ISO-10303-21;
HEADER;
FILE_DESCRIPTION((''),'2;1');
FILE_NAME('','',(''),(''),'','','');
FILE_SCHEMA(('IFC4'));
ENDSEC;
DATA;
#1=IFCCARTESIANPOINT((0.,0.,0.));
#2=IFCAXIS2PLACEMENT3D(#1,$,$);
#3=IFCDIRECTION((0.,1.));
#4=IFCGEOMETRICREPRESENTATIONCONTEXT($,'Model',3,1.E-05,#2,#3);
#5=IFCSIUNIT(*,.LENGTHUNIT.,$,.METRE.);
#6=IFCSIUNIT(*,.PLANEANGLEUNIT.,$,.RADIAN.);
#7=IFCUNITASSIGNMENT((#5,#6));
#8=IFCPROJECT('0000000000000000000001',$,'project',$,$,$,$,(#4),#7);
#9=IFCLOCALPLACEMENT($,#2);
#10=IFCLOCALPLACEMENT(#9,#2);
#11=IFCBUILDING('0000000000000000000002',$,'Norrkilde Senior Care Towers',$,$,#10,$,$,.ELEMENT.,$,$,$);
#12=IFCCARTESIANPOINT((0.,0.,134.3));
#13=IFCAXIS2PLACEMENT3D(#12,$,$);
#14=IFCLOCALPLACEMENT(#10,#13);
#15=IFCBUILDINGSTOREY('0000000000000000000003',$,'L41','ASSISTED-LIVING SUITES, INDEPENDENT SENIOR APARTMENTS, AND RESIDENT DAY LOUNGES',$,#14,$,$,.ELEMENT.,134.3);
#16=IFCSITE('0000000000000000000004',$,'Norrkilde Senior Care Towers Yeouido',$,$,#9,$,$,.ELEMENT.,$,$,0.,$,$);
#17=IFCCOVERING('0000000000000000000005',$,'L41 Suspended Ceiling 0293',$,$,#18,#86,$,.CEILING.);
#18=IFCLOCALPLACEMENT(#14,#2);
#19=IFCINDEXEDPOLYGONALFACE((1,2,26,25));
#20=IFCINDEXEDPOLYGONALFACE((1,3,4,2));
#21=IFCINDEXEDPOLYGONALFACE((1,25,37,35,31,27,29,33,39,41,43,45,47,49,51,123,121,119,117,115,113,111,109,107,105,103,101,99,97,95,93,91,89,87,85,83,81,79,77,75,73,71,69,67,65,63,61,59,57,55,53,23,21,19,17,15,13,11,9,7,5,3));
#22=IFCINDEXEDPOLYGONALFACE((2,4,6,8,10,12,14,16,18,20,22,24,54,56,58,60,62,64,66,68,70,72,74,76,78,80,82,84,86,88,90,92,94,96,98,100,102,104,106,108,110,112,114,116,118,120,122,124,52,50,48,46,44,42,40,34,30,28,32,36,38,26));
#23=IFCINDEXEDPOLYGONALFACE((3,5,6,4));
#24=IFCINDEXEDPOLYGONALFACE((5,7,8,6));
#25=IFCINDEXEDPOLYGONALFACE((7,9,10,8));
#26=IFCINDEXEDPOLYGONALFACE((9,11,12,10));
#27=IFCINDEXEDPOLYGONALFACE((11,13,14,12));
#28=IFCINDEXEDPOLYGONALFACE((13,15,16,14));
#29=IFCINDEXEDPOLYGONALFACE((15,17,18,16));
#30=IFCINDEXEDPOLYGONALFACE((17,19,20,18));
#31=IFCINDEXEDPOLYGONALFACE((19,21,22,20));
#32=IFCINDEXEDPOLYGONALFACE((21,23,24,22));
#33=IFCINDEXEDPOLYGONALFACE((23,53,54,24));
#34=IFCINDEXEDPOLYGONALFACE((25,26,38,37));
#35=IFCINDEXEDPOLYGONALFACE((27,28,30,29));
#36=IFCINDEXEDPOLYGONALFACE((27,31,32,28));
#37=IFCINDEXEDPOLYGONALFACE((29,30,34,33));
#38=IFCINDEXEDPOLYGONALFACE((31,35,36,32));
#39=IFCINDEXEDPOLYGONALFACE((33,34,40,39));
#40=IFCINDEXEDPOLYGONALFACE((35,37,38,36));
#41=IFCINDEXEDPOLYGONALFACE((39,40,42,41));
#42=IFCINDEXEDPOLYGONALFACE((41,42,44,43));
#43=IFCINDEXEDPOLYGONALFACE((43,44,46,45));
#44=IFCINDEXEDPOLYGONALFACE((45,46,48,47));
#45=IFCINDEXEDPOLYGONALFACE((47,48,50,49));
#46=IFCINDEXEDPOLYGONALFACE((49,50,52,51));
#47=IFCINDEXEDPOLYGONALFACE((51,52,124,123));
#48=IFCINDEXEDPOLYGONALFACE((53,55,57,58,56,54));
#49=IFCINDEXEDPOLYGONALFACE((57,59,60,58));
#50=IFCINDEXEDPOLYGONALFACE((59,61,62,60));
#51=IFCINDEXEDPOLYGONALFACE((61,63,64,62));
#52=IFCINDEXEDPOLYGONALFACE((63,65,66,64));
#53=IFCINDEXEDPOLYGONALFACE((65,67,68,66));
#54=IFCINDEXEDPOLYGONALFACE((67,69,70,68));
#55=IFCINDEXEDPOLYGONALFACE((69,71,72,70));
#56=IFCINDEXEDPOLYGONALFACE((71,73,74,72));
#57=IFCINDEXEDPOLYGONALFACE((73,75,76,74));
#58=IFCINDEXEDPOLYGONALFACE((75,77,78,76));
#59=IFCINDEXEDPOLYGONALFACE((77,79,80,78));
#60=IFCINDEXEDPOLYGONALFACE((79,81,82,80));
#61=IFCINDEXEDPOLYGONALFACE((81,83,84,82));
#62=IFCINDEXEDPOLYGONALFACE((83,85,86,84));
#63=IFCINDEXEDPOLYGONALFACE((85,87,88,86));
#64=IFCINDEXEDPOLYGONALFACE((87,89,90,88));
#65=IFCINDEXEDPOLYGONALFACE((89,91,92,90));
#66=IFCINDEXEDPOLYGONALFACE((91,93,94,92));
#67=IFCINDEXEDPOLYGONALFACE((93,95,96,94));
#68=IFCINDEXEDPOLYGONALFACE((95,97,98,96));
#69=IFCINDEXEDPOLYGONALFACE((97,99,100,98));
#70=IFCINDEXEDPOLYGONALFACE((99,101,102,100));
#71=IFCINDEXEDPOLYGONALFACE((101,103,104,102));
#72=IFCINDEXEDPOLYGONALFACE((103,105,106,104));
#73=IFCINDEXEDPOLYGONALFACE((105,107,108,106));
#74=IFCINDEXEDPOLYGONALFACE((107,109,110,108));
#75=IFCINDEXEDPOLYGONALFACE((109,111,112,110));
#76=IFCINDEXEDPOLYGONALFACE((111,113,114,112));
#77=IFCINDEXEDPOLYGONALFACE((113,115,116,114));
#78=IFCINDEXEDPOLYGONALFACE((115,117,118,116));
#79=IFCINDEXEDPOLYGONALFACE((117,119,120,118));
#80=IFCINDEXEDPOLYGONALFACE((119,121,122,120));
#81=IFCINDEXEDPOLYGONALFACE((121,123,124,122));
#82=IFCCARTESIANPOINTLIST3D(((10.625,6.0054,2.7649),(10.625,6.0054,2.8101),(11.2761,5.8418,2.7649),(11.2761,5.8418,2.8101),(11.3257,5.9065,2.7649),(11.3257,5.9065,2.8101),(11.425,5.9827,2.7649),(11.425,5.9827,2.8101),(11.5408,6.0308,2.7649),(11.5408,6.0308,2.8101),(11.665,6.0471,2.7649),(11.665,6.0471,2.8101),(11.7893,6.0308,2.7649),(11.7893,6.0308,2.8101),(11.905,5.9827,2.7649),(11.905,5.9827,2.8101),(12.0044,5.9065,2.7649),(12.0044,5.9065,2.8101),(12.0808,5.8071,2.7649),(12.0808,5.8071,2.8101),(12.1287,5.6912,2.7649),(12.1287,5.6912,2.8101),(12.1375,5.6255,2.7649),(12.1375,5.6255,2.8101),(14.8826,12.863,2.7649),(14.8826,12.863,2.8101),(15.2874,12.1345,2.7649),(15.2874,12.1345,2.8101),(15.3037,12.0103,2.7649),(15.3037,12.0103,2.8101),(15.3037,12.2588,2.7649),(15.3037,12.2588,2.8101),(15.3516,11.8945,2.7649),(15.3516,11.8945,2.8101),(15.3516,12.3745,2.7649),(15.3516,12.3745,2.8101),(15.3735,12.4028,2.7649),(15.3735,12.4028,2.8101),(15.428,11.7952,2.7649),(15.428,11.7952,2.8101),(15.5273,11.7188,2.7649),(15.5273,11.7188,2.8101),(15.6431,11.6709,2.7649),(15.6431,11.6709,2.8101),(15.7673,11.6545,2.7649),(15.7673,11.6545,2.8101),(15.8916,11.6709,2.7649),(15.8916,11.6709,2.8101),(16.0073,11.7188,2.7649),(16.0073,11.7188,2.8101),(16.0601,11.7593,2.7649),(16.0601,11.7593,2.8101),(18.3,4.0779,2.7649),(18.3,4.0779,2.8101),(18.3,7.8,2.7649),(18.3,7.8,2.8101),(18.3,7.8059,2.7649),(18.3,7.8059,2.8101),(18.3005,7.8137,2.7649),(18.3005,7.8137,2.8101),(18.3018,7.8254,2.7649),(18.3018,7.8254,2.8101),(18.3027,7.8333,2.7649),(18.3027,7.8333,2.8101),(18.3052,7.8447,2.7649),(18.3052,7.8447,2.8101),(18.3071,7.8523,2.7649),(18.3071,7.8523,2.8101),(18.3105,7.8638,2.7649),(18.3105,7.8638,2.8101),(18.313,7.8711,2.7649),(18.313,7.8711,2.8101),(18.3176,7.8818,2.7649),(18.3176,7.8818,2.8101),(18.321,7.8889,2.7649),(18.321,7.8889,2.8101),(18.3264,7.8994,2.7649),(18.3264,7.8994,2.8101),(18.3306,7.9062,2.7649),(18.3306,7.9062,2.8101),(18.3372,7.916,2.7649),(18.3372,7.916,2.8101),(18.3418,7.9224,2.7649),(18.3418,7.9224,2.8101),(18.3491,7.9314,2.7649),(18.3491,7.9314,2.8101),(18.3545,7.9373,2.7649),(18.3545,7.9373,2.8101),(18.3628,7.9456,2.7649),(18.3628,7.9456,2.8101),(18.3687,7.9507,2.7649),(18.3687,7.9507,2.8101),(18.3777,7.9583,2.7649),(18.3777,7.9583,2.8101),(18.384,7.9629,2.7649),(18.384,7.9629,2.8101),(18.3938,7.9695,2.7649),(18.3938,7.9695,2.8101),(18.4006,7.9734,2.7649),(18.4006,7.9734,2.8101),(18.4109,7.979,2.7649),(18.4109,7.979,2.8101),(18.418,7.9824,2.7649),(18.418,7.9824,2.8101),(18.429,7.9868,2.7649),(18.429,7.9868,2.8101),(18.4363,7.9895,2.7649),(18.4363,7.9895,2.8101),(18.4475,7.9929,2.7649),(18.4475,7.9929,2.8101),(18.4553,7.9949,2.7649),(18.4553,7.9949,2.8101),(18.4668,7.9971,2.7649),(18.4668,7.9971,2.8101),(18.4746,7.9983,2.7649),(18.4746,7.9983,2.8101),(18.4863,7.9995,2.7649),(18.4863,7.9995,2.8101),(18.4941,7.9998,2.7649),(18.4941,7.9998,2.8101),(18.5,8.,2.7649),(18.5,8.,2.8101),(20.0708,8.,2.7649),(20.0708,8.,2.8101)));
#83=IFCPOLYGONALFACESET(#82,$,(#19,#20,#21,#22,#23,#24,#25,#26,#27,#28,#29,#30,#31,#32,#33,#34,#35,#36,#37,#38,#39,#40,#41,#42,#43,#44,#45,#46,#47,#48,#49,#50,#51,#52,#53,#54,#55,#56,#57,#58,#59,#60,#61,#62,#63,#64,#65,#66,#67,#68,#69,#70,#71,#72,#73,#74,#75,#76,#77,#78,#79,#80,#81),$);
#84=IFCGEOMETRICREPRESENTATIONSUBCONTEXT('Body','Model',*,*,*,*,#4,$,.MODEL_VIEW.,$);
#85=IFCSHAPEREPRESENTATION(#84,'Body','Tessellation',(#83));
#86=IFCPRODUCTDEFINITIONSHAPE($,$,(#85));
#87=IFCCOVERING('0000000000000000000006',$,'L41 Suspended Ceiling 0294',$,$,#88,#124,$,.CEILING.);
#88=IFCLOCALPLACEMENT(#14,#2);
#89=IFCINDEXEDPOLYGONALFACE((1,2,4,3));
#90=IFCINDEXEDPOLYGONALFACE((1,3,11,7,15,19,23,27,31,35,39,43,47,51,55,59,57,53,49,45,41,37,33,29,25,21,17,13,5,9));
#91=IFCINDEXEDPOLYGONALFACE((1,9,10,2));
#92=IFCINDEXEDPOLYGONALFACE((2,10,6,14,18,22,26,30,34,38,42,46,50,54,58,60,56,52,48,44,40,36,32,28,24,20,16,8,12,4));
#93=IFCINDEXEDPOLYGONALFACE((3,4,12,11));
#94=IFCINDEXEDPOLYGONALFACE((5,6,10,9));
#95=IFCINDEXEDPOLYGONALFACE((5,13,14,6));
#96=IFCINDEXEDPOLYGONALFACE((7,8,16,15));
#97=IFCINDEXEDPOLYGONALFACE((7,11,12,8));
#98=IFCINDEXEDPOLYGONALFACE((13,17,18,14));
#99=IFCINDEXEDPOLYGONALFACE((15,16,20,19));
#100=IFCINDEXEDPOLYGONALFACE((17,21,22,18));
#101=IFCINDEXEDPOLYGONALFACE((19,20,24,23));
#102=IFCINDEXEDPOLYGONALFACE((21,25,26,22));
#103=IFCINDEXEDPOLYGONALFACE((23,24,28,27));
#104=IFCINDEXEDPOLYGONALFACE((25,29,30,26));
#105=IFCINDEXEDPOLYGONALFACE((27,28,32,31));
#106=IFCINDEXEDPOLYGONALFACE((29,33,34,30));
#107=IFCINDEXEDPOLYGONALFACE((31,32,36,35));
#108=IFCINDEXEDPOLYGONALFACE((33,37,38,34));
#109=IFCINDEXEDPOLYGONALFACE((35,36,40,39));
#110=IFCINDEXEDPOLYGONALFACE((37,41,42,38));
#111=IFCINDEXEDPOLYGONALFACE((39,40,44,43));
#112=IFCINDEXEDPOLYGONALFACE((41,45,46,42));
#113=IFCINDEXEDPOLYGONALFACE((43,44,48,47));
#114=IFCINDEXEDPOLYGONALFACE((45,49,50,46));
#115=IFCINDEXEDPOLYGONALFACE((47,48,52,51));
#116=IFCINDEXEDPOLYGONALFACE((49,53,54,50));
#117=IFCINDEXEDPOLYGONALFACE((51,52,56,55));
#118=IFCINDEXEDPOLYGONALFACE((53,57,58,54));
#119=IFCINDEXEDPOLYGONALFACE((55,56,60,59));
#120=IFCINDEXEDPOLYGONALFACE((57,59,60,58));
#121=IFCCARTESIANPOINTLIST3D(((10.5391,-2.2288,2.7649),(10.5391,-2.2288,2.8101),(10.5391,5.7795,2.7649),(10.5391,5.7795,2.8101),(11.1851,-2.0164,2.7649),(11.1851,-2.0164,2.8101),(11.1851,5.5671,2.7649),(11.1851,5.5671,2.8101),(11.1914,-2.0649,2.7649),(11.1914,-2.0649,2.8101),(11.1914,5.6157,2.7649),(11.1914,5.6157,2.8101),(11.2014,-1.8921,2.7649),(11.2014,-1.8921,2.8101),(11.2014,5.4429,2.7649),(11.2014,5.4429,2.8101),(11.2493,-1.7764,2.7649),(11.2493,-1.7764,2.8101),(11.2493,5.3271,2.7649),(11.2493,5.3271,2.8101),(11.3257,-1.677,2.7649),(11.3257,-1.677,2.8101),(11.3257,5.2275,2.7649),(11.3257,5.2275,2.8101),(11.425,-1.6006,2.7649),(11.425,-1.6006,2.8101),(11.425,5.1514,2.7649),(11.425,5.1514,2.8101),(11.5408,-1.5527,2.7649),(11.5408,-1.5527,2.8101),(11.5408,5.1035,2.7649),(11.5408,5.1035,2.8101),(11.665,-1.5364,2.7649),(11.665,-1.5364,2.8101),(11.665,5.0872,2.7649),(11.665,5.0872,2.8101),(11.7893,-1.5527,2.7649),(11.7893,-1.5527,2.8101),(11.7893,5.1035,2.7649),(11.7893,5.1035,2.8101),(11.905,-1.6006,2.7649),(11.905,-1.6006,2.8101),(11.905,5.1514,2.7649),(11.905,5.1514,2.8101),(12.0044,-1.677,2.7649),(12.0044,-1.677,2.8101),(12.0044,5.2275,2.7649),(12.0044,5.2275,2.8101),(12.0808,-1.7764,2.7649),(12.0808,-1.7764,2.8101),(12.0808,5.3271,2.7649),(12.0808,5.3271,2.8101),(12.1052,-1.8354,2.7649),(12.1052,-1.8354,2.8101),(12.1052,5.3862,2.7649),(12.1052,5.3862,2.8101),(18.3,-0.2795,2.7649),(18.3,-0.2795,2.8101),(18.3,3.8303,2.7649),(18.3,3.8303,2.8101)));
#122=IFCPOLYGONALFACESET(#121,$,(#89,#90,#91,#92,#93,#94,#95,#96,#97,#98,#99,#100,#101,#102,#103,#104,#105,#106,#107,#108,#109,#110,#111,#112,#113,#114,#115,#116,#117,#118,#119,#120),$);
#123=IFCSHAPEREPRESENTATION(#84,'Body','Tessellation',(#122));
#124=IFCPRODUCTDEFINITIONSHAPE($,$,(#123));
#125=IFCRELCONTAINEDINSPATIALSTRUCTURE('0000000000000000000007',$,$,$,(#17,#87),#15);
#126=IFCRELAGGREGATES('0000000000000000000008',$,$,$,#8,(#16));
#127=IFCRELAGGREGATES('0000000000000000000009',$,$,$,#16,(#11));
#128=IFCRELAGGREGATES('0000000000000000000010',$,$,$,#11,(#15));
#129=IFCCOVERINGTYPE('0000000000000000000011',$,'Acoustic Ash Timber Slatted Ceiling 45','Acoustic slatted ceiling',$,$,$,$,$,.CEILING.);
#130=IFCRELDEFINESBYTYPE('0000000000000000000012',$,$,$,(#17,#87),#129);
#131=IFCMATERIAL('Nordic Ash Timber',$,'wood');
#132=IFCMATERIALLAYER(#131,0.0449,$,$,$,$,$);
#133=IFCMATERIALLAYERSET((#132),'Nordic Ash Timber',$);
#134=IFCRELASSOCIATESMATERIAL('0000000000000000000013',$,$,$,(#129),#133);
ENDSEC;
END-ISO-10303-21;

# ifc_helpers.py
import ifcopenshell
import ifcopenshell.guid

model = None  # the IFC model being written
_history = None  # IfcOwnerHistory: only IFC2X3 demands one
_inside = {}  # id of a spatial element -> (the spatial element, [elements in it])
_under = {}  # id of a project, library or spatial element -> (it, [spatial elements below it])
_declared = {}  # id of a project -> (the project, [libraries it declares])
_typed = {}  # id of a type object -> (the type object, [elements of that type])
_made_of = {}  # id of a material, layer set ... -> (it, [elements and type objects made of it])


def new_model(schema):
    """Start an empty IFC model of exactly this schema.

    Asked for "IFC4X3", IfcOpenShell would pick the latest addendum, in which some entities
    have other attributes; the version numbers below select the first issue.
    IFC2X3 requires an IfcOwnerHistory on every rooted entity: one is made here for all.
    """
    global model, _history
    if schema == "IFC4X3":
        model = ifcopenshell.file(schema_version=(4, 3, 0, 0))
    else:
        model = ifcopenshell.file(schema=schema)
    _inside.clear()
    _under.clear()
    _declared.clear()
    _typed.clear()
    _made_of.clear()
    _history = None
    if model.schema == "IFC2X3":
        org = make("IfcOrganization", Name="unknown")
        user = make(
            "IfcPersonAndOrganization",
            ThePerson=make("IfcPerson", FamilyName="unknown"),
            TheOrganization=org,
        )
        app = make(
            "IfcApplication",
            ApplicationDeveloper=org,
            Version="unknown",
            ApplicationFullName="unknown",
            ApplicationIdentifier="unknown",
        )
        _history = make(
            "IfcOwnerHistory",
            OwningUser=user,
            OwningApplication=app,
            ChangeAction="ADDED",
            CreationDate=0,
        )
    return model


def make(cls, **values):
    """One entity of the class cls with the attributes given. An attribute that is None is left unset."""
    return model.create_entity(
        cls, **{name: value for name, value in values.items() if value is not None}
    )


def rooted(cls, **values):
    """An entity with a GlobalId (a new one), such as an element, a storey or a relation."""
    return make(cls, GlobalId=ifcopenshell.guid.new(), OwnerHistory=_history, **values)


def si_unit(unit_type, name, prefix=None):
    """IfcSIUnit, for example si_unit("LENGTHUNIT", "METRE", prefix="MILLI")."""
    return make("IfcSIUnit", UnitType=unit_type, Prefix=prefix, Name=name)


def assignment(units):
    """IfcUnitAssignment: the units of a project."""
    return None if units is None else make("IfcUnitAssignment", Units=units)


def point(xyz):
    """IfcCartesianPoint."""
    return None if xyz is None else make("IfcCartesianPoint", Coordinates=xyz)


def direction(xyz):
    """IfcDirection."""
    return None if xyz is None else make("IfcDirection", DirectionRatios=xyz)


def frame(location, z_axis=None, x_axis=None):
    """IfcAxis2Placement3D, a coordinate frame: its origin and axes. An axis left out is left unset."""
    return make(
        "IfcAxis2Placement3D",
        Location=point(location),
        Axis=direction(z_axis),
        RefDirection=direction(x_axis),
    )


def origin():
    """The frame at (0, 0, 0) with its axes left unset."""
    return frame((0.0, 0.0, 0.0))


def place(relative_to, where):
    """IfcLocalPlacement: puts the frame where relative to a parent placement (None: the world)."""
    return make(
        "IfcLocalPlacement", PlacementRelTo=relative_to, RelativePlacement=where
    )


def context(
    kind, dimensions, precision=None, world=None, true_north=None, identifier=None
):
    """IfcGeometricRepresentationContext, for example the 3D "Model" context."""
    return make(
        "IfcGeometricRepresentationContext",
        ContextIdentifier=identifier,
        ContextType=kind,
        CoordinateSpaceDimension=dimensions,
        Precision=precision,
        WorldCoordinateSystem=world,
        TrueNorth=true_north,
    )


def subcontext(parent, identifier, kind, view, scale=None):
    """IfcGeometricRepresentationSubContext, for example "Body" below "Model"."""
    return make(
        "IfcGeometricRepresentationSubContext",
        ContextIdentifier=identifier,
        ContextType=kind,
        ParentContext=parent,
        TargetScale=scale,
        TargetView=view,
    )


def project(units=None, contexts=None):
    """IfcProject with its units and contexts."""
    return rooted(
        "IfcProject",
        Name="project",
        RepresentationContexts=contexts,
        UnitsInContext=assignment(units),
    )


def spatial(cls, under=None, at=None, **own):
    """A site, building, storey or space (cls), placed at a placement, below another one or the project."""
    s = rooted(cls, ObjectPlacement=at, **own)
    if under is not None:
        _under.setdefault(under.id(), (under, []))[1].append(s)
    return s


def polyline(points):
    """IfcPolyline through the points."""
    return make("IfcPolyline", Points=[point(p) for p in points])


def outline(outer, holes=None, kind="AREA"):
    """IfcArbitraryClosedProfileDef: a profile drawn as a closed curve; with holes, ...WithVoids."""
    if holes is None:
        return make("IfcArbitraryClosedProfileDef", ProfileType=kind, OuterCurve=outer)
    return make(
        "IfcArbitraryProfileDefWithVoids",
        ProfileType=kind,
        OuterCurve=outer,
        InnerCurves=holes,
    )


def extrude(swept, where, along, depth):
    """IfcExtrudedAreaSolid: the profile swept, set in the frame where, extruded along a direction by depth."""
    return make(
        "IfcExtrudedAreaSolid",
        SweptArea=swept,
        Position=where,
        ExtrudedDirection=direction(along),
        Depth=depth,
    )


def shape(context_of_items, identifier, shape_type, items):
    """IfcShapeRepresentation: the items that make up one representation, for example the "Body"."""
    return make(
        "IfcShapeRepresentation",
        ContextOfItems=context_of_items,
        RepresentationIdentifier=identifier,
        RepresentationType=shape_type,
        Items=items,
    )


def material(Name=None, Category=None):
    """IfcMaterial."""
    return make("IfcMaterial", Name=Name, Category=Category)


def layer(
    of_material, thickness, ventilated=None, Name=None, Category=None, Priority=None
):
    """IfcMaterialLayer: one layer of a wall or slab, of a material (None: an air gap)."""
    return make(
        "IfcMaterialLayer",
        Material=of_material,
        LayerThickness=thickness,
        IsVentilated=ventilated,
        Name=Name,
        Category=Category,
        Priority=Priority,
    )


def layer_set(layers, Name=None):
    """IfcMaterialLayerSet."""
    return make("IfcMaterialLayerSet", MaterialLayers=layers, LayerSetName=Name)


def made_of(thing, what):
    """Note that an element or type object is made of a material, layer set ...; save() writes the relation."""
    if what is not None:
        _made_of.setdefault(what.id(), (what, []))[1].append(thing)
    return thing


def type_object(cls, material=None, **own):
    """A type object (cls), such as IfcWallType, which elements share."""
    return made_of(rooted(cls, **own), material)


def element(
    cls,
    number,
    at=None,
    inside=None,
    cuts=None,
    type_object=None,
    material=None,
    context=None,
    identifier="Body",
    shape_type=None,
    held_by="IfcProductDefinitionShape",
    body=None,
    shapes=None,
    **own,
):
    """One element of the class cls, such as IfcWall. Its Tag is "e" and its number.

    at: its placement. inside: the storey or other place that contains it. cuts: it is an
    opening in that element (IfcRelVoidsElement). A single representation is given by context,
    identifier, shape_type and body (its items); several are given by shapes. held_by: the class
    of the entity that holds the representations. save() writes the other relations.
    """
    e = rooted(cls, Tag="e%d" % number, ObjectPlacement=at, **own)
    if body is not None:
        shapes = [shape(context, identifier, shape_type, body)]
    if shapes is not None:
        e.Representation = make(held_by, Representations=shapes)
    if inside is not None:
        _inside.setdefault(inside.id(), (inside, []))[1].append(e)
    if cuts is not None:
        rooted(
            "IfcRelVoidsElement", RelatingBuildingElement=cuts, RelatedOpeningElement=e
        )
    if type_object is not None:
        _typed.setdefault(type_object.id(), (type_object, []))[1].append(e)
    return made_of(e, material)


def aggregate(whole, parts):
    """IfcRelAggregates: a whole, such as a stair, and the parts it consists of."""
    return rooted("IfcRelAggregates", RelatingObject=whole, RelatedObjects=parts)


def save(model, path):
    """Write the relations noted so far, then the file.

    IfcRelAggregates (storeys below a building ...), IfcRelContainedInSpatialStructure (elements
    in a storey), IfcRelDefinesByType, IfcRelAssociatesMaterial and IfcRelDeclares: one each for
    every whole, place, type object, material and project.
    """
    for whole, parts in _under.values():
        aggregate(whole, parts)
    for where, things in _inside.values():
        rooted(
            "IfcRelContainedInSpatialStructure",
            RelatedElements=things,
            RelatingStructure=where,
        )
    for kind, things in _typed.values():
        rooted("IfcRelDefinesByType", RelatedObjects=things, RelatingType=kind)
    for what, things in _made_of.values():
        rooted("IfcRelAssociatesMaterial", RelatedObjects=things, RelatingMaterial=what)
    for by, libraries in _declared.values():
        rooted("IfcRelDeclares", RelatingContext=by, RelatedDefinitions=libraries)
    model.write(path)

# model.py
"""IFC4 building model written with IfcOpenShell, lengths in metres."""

from ifc_helpers import new_model, si_unit, direction, frame, origin, place, context, subcontext, project, spatial, polyline, outline, extrude, material, layer, layer_set, type_object, element, save


model = new_model("IFC4")

# Units and contexts
model_context = context("Model", 3, precision=1e-05, world=origin(), true_north=direction((0.0, 1.0)))
body_context = subcontext(model_context, "Body", "Model", "MODEL_VIEW")
ifc_project = project(units=[si_unit("LENGTHUNIT", "METRE"), si_unit("PLANEANGLEUNIT", "RADIAN")], contexts=[model_context])

# Site, building, storey
site_placement = place(None, origin())
site = spatial("IfcSite", under=ifc_project, at=site_placement, Name="Norrkilde Senior Care Towers Yeouido", CompositionType="ELEMENT", RefElevation=0.0)
building_placement = place(site_placement, origin())
building = spatial("IfcBuilding", under=site, at=building_placement, Name="Norrkilde Senior Care Towers", CompositionType="ELEMENT")
storey_placement = place(building_placement, frame((0.0, 0.0, 134.3)))
storey = spatial("IfcBuildingStorey", under=building, at=storey_placement, Name="L41", Description="ASSISTED-LIVING SUITES, INDEPENDENT SENIOR APARTMENTS, AND RESIDENT DAY LOUNGES", CompositionType="ELEMENT", Elevation=134.3)

# Coverings
ifc_material_1 = material(Name="Nordic Ash Timber", Category="wood")
ifc_layer_1 = layer(ifc_material_1, 0.0449)
ifc_layer_set_1 = layer_set([ifc_layer_1], Name="Nordic Ash Timber")
covering_type_1 = type_object("IfcCoveringType", Name="Acoustic Ash Timber Slatted Ceiling 45", Description="Acoustic slatted ceiling", PredefinedType="CEILING", material=ifc_layer_set_1)
covering_1_placement = place(storey_placement, frame((0.0, 0.0, 2.7649)))
element("IfcCovering", 1, at=covering_1_placement, inside=storey, type_object=covering_type_1, Name="L41 Suspended Ceiling 0293", PredefinedType="CEILING", context=body_context, shape_type="SweptSolid", body=[
    extrude(outline(polyline([(18.4668, 7.9971), (18.4553, 7.9949), (18.4475, 7.9929), (18.4363, 7.9895), (18.429, 7.9868), (18.418, 7.9824), (18.4109, 7.979), (18.4006, 7.9734), (18.3938, 7.9695), (18.384, 7.9629), (18.3777, 7.9583), (18.3687, 7.9507), (18.3628, 7.9456), (18.3545, 7.9373), (18.3491, 7.9314), (18.3418, 7.9224), (18.3372, 7.916), (18.3306, 7.9062), (18.3264, 7.8994), (18.321, 7.8889), (18.3176, 7.8818), (18.313, 7.8711), (18.3105, 7.8638), (18.3071, 7.8523), (18.3052, 7.8447), (18.3027, 7.8333), (18.3018, 7.8254), (18.3005, 7.8137), (18.3, 7.8059), (18.3, 7.8), (18.3, 4.0779), (12.1375, 5.6255), (12.1287, 5.6912), (12.0808, 5.8071), (12.0044, 5.9065), (11.905, 5.9827), (11.7893, 6.0308), (11.665, 6.0471), (11.5408, 6.0308), (11.425, 5.9827), (11.3257, 5.9065), (11.2761, 5.8418), (10.625, 6.0054), (14.8826, 12.863), (15.3735, 12.4028), (15.3516, 12.3745), (15.3037, 12.2588), (15.2874, 12.1345), (15.3037, 12.0103), (15.3516, 11.8945), (15.428, 11.7952), (15.5273, 11.7188), (15.6431, 11.6709), (15.7673, 11.6545), (15.8916, 11.6709), (16.0073, 11.7188), (16.0601, 11.7593), (20.0708, 8.0), (18.5, 8.0), (18.4941, 7.9998), (18.4863, 7.9995), (18.4746, 7.9983), (18.4668, 7.9971)])), origin(), (0.0, 0.0, 1.0), 0.0452),
])
covering_2_placement = place(storey_placement, frame((0.0, 0.0, 2.7649)))
element("IfcCovering", 2, at=covering_2_placement, inside=storey, type_object=covering_type_1, Name="L41 Suspended Ceiling 0294", PredefinedType="CEILING", context=body_context, shape_type="SweptSolid", body=[
    extrude(outline(polyline([(11.1851, 5.5671), (11.2014, 5.4429), (11.2493, 5.3271), (11.3257, 5.2275), (11.425, 5.1514), (11.5408, 5.1035), (11.665, 5.0872), (11.7893, 5.1035), (11.905, 5.1514), (12.0044, 5.2275), (12.0808, 5.3271), (12.1052, 5.3862), (18.3, 3.8303), (18.3, -0.2795), (12.1052, -1.8354), (12.0808, -1.7764), (12.0044, -1.677), (11.905, -1.6006), (11.7893, -1.5527), (11.665, -1.5364), (11.5408, -1.5527), (11.425, -1.6006), (11.3257, -1.677), (11.2493, -1.7764), (11.2014, -1.8921), (11.1851, -2.0164), (11.1914, -2.0649), (10.5391, -2.2288), (10.5391, 5.7795), (11.1914, 5.6157), (11.1851, 5.5671)])), origin(), (0.0, 0.0, 1.0), 0.0452),
])

save(model, "model.ifc")
